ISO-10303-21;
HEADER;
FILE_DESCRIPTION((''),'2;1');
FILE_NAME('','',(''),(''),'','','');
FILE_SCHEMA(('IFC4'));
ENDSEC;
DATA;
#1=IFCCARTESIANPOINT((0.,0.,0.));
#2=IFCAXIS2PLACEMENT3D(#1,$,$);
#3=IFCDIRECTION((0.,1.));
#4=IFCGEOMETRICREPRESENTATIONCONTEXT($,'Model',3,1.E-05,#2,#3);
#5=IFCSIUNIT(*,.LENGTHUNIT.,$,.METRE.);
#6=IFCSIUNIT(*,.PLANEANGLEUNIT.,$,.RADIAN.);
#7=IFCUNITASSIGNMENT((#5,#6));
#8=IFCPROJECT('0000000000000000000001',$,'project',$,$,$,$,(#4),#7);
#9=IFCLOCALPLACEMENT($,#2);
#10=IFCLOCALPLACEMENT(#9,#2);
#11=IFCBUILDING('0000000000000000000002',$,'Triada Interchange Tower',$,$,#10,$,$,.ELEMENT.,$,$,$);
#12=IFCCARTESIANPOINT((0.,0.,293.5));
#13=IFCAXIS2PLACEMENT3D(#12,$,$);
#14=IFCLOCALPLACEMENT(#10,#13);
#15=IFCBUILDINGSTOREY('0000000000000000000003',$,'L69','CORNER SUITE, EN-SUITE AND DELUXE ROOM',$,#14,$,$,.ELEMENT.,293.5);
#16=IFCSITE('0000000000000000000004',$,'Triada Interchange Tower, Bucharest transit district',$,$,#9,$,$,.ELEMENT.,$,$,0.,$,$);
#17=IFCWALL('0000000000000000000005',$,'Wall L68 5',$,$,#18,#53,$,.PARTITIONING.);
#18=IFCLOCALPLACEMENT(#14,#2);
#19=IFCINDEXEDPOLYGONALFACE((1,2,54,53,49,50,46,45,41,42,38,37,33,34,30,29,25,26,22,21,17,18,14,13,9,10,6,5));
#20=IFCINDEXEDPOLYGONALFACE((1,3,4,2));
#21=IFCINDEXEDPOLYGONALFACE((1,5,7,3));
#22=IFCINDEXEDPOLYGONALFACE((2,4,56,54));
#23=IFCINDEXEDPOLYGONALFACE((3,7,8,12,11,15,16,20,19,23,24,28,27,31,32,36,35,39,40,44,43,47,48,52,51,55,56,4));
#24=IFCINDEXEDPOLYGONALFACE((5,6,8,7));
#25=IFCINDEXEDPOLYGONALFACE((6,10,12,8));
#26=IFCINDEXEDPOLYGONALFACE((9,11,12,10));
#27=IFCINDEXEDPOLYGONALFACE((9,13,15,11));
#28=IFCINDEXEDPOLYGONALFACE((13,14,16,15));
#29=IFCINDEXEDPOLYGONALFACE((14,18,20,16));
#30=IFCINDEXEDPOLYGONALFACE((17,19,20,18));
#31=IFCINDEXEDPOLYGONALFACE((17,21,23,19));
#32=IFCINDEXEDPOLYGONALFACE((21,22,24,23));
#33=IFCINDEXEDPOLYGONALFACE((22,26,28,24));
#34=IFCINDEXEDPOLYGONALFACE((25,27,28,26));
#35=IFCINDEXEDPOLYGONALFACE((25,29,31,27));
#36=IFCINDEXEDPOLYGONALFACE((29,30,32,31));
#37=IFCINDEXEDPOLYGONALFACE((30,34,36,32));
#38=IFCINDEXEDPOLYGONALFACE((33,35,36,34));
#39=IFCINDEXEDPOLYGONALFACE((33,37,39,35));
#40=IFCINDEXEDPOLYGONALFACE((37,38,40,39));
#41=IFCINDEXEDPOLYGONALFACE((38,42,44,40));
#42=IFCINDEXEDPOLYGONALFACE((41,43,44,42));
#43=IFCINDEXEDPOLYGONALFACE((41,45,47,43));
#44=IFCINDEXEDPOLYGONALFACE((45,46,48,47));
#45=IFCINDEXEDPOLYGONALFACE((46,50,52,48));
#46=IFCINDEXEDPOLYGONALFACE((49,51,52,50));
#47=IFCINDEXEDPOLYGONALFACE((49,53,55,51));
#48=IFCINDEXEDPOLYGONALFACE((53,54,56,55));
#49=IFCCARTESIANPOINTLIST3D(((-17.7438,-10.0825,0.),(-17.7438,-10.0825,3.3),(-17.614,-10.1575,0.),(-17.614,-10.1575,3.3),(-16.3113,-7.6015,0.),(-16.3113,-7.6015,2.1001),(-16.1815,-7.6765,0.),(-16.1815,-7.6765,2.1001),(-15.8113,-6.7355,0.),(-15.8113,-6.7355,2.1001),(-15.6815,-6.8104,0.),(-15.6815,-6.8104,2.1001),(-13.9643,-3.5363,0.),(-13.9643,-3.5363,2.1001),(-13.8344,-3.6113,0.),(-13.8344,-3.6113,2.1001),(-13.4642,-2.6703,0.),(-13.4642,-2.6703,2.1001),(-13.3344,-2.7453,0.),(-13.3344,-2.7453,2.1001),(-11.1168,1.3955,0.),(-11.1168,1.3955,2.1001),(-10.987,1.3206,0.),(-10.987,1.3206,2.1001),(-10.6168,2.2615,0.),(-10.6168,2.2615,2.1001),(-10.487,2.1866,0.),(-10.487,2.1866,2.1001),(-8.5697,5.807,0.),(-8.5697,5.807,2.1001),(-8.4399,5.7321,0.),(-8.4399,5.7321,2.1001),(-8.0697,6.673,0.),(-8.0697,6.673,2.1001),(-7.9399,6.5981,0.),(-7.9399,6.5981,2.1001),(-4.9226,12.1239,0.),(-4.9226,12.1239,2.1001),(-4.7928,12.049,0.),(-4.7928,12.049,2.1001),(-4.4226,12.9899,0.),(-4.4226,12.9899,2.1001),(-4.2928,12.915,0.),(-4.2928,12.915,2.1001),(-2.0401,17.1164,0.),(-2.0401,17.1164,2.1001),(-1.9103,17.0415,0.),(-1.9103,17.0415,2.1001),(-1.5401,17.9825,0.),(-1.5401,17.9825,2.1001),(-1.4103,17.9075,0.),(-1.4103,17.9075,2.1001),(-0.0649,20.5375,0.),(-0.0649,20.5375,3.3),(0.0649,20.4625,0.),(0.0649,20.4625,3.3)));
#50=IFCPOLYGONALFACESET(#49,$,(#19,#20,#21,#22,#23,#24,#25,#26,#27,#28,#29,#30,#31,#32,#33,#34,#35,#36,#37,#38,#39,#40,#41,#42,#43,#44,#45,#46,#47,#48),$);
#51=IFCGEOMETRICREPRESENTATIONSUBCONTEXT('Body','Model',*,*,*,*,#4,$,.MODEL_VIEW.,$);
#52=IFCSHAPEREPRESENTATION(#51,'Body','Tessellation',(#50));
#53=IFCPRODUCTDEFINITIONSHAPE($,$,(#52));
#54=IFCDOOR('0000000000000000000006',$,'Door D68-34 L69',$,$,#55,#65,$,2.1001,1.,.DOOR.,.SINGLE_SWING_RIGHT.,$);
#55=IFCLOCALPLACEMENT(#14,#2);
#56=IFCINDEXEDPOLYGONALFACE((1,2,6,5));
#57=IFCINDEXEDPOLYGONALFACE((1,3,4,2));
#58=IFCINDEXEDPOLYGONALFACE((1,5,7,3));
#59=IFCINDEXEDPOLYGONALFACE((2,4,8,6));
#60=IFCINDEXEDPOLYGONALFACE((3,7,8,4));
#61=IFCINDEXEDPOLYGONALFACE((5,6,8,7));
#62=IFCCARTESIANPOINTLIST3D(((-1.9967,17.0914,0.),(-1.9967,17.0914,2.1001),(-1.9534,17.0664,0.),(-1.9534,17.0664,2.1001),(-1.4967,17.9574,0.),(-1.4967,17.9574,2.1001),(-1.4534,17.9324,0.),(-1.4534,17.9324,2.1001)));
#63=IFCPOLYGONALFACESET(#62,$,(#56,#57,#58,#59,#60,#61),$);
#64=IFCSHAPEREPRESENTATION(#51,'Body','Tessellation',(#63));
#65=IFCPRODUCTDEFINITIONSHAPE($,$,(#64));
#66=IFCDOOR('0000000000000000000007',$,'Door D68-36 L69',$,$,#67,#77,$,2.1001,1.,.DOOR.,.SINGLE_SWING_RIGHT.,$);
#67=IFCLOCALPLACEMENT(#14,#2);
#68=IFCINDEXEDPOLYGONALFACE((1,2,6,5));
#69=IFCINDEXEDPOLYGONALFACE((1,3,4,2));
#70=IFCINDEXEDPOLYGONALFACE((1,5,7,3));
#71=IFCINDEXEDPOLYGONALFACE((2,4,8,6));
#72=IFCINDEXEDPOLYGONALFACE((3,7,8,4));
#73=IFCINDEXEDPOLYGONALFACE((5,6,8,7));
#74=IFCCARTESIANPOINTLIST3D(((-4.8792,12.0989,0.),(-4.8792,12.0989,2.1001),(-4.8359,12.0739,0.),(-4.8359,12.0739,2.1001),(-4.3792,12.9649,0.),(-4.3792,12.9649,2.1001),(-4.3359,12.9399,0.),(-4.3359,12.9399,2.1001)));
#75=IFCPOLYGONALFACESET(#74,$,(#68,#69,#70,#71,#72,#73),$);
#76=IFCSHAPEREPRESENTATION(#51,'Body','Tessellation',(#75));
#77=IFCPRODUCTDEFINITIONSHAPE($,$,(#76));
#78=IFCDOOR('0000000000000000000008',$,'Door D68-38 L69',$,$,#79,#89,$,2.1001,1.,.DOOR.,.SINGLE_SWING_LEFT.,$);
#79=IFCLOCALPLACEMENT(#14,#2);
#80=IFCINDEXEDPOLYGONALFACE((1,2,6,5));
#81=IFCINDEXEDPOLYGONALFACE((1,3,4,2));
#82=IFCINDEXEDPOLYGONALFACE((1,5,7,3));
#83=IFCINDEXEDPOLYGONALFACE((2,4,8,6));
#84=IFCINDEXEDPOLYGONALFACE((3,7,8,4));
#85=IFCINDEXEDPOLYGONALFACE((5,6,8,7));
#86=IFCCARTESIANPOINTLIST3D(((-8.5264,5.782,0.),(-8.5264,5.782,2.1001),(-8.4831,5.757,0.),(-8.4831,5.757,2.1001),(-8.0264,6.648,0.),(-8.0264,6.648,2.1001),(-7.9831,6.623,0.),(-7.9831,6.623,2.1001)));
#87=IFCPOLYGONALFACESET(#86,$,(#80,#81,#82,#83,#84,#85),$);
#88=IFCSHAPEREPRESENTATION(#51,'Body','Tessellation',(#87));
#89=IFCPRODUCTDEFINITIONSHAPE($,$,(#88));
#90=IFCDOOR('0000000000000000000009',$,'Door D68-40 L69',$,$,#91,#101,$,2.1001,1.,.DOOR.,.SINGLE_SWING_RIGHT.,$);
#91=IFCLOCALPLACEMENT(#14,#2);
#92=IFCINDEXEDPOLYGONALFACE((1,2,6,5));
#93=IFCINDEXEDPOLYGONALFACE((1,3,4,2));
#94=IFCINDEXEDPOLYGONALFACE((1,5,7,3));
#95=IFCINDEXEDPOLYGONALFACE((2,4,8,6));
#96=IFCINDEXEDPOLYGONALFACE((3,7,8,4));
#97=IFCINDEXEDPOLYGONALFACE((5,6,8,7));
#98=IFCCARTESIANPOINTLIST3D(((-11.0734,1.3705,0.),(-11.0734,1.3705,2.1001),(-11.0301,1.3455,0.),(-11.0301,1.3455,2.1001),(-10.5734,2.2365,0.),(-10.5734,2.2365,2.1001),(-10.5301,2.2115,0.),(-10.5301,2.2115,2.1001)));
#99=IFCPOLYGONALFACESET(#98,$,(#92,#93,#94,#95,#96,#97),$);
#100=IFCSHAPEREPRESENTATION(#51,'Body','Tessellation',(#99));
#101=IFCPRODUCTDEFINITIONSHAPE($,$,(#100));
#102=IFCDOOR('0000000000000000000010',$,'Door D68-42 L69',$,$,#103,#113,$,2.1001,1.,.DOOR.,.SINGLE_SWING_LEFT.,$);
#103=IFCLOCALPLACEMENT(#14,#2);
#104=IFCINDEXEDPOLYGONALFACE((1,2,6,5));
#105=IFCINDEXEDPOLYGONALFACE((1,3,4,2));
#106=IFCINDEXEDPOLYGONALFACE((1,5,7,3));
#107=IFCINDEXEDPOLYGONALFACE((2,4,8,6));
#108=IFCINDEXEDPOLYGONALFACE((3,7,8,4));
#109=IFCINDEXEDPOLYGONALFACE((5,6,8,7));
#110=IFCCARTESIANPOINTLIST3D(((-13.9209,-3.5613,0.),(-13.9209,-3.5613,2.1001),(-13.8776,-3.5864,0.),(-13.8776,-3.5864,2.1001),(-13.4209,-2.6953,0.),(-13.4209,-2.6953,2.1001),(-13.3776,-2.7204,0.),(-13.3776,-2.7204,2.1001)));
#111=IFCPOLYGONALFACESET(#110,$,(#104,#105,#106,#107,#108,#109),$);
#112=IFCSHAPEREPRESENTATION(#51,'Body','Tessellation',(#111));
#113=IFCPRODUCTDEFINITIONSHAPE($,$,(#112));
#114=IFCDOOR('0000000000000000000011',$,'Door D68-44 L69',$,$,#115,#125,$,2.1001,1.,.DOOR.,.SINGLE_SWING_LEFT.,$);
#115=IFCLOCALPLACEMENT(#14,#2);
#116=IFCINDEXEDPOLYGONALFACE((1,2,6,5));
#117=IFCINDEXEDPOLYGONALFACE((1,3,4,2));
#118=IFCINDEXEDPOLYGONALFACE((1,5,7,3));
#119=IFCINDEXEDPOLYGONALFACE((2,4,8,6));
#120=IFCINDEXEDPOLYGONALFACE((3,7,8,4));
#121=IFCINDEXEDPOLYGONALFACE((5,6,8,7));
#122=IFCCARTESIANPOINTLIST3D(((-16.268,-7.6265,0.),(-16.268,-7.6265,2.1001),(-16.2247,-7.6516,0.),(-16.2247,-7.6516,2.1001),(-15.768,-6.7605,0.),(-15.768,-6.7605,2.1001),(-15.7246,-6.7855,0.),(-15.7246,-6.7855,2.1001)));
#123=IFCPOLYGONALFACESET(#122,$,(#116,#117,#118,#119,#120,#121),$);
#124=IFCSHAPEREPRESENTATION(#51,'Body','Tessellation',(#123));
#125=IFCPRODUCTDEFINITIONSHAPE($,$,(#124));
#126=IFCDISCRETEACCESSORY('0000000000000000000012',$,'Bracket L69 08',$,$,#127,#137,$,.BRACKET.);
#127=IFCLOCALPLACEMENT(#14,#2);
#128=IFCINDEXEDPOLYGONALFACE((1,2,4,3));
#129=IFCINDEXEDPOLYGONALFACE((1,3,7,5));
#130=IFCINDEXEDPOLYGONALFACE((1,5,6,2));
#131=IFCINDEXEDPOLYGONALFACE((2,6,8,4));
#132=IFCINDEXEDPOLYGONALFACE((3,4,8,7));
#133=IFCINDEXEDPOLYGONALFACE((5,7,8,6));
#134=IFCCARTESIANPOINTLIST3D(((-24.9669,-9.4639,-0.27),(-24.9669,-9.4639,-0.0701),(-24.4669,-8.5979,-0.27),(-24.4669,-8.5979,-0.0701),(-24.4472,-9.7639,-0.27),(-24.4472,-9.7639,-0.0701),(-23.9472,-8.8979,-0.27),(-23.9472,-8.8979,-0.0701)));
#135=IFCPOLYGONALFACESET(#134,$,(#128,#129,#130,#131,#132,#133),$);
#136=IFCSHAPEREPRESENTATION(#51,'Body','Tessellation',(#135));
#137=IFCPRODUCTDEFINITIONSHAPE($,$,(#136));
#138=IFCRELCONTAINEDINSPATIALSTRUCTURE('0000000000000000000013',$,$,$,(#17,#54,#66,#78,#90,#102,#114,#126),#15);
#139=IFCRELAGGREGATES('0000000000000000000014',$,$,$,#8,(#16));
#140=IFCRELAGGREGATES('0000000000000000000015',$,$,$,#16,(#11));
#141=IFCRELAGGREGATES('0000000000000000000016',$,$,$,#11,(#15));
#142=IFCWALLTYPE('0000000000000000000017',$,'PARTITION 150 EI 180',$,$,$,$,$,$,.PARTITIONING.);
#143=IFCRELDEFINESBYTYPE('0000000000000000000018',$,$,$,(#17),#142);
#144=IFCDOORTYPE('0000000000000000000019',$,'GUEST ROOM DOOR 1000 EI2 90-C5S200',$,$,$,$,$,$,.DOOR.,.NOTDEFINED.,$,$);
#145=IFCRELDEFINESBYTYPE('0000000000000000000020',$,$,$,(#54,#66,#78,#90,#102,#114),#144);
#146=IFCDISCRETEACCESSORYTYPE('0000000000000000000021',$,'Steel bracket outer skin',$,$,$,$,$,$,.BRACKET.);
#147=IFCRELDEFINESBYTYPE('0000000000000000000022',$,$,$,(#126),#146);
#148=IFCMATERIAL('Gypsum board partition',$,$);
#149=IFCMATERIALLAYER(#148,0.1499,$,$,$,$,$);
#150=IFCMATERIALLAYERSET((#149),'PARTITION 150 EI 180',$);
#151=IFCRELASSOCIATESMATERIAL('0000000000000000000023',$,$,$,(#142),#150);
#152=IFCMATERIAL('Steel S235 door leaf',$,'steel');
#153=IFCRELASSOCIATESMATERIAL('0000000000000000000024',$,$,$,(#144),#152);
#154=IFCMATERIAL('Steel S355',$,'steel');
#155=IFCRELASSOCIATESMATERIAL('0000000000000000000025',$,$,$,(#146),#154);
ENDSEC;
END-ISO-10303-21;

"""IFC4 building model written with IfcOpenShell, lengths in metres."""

from ifc_helpers import new_model, si_unit, direction, frame, frame_2d, origin, origin_2d, place, context, subcontext, project, spatial, rectangle, extrude, material, layer, layer_set, type_object, element, fill, save


model = new_model("IFC4")

# Units and contexts
model_context = context("Model", 3, precision=1e-05, world=origin(), true_north=direction((0.0, 1.0)))
body_context = subcontext(model_context, "Body", "Model", "MODEL_VIEW")
ifc_project = project(units=[si_unit("LENGTHUNIT", "METRE"), si_unit("PLANEANGLEUNIT", "RADIAN")], contexts=[model_context])

# Site, building, storey
site_placement = place(None, origin())
site = spatial("IfcSite", under=ifc_project, at=site_placement, Name="Triada Interchange Tower, Bucharest transit district", CompositionType="ELEMENT", RefElevation=0.0)
building_placement = place(site_placement, origin())
building = spatial("IfcBuilding", under=site, at=building_placement, Name="Triada Interchange Tower", CompositionType="ELEMENT")
storey_placement = place(building_placement, frame((0.0, 0.0, 293.5)))
storey = spatial("IfcBuildingStorey", under=building, at=storey_placement, Name="L69", Description="CORNER SUITE, EN-SUITE AND DELUXE ROOM", CompositionType="ELEMENT", Elevation=293.5)

# Wall, openings, doors
ifc_material_1 = material(Name="Gypsum board partition")
ifc_layer = layer(ifc_material_1, 0.1499)
ifc_layer_set = layer_set([ifc_layer], Name="PARTITION 150 EI 180")
wall_type = type_object("IfcWallType", Name="PARTITION 150 EI 180", PredefinedType="PARTITIONING", material=ifc_layer_set)
ifc_material_2 = material(Name="Steel S235 door leaf", Category="steel")
door_type_1 = type_object("IfcDoorType", Name="GUEST ROOM DOOR 1000 EI2 90-C5S200", OperationType="NOTDEFINED", PredefinedType="DOOR", material=ifc_material_2)
wall_1_placement = place(storey_placement, frame((-17.679, -10.1201, 0.0), z_axis=(0.0, 0.0, 1.0), x_axis=(0.500009, 0.86602, 0.0)))
wall_1 = element("IfcWall", 1, at=wall_1_placement, inside=storey, type_object=wall_type, Name="Wall L68 5", PredefinedType="PARTITIONING", context=body_context, shape_type="SweptSolid", body=[
    extrude(rectangle(XDim=35.3572, YDim=0.1499, at=frame_2d((17.6787, 0.0))), origin(), (0.0, 0.0, 1.0), 3.3),
])
opening_1_placement = place(wall_1_placement, frame((31.407, 0.0, 0.0)))
opening_1 = element("IfcOpeningElement", 2, at=opening_1_placement, cuts=wall_1, PredefinedType="OPENING", context=body_context, shape_type="SweptSolid", body=[
    extrude(rectangle(XDim=1.0, YDim=2.1001, at=frame_2d((0.5, 1.05))), frame((0.0, 0.085, 0.0), z_axis=(0.0, -1.0, 0.0), x_axis=(1.0, 0.0, 0.0)), (0.0, 0.0, 1.0), 0.1699),
])
opening_2_placement = place(wall_1_placement, frame((25.6421, 0.0, 0.0)))
opening_2 = element("IfcOpeningElement", 3, at=opening_2_placement, cuts=wall_1, PredefinedType="OPENING", context=body_context, shape_type="SweptSolid", body=[
    extrude(rectangle(XDim=1.0, YDim=2.1001, at=frame_2d((0.5, 1.05))), frame((0.0, 0.085, 0.0), z_axis=(0.0, -1.0, 0.0), x_axis=(1.0, 0.0, 0.0)), (0.0, 0.0, 1.0), 0.1699),
])
opening_3_placement = place(wall_1_placement, frame((18.3479, 0.0, 0.0)))
opening_3 = element("IfcOpeningElement", 4, at=opening_3_placement, cuts=wall_1, PredefinedType="OPENING", context=body_context, shape_type="SweptSolid", body=[
    extrude(rectangle(XDim=1.0, YDim=2.1001, at=frame_2d((0.5, 1.05))), frame((0.0, 0.085, 0.0), z_axis=(0.0, -1.0, 0.0), x_axis=(1.0, 0.0, 0.0)), (0.0, 0.0, 1.0), 0.1699),
])
opening_4_placement = place(wall_1_placement, frame((13.2539, 0.0, 0.0)))
opening_4 = element("IfcOpeningElement", 5, at=opening_4_placement, cuts=wall_1, PredefinedType="OPENING", context=body_context, shape_type="SweptSolid", body=[
    extrude(rectangle(XDim=1.0, YDim=2.1001, at=frame_2d((0.5, 1.05))), frame((0.0, 0.085, 0.0), z_axis=(0.0, -1.0, 0.0), x_axis=(1.0, 0.0, 0.0)), (0.0, 0.0, 1.0), 0.1699),
])
opening_5_placement = place(wall_1_placement, frame((7.5591, 0.0, 0.0)))
opening_5 = element("IfcOpeningElement", 6, at=opening_5_placement, cuts=wall_1, PredefinedType="OPENING", context=body_context, shape_type="SweptSolid", body=[
    extrude(rectangle(XDim=1.0, YDim=2.1001, at=frame_2d((0.5, 1.05))), frame((0.0, 0.085, 0.0), z_axis=(0.0, -1.0, 0.0), x_axis=(1.0, 0.0, 0.0)), (0.0, 0.0, 1.0), 0.1699),
])
opening_6_placement = place(wall_1_placement, frame((2.865, 0.0, 0.0)))
opening_6 = element("IfcOpeningElement", 7, at=opening_6_placement, cuts=wall_1, PredefinedType="OPENING", context=body_context, shape_type="SweptSolid", body=[
    extrude(rectangle(XDim=1.0, YDim=2.1001, at=frame_2d((0.5, 1.05))), frame((0.0, 0.085, 0.0), z_axis=(0.0, -1.0, 0.0), x_axis=(1.0, 0.0, 0.0)), (0.0, 0.0, 1.0), 0.1699),
])
door_1_placement = place(opening_1_placement, origin())
door_1 = element("IfcDoor", 8, at=door_1_placement, inside=storey, type_object=door_type_1, Name="Door D68-34 L69", OperationType="SINGLE_SWING_RIGHT", OverallHeight=2.1001, OverallWidth=1.0, PredefinedType="DOOR", context=body_context, shape_type="SweptSolid", body=[
    extrude(rectangle(XDim=1.0, YDim=2.1001, at=frame_2d((0.5, 1.05))), frame((0.0, 0.0249, 0.0), z_axis=(0.0, -1.0, 0.0), x_axis=(1.0, 0.0, 0.0)), (0.0, 0.0, 1.0), 0.05),
])
fill(opening_1, door_1)
door_2_placement = place(opening_2_placement, origin())
door_2 = element("IfcDoor", 9, at=door_2_placement, inside=storey, type_object=door_type_1, Name="Door D68-36 L69", OperationType="SINGLE_SWING_RIGHT", OverallHeight=2.1001, OverallWidth=1.0, PredefinedType="DOOR", context=body_context, shape_type="SweptSolid", body=[
    extrude(rectangle(XDim=1.0, YDim=2.1001, at=frame_2d((0.5, 1.05))), frame((0.0, 0.0249, 0.0), z_axis=(0.0, -1.0, 0.0), x_axis=(1.0, 0.0, 0.0)), (0.0, 0.0, 1.0), 0.05),
])
fill(opening_2, door_2)
door_3_placement = place(opening_3_placement, origin())
door_3 = element("IfcDoor", 10, at=door_3_placement, inside=storey, type_object=door_type_1, Name="Door D68-38 L69", OperationType="SINGLE_SWING_LEFT", OverallHeight=2.1001, OverallWidth=1.0, PredefinedType="DOOR", context=body_context, shape_type="SweptSolid", body=[
    extrude(rectangle(XDim=1.0, YDim=2.1001, at=frame_2d((0.5, 1.05))), frame((0.0, 0.0249, 0.0), z_axis=(0.0, -1.0, 0.0), x_axis=(1.0, 0.0, 0.0)), (0.0, 0.0, 1.0), 0.05),
])
fill(opening_3, door_3)
door_4_placement = place(opening_4_placement, origin())
door_4 = element("IfcDoor", 11, at=door_4_placement, inside=storey, type_object=door_type_1, Name="Door D68-40 L69", OperationType="SINGLE_SWING_RIGHT", OverallHeight=2.1001, OverallWidth=1.0, PredefinedType="DOOR", context=body_context, shape_type="SweptSolid", body=[
    extrude(rectangle(XDim=1.0, YDim=2.1001, at=frame_2d((0.5, 1.05))), frame((0.0, 0.0249, 0.0), z_axis=(0.0, -1.0, 0.0), x_axis=(1.0, 0.0, 0.0)), (0.0, 0.0, 1.0), 0.05),
])
fill(opening_4, door_4)
door_5_placement = place(opening_5_placement, origin())
door_5 = element("IfcDoor", 12, at=door_5_placement, inside=storey, type_object=door_type_1, Name="Door D68-42 L69", OperationType="SINGLE_SWING_LEFT", OverallHeight=2.1001, OverallWidth=1.0, PredefinedType="DOOR", context=body_context, shape_type="SweptSolid", body=[
    extrude(rectangle(XDim=1.0, YDim=2.1001, at=frame_2d((0.5, 1.05))), frame((0.0, 0.0249, 0.0), z_axis=(0.0, -1.0, 0.0), x_axis=(1.0, 0.0, 0.0)), (0.0, 0.0, 1.0), 0.05),
])
fill(opening_5, door_5)
door_6_placement = place(opening_6_placement, origin())
door_6 = element("IfcDoor", 13, at=door_6_placement, inside=storey, type_object=door_type_1, Name="Door D68-44 L69", OperationType="SINGLE_SWING_LEFT", OverallHeight=2.1001, OverallWidth=1.0, PredefinedType="DOOR", context=body_context, shape_type="SweptSolid", body=[
    extrude(rectangle(XDim=1.0, YDim=2.1001, at=frame_2d((0.5, 1.05))), frame((0.0, 0.0249, 0.0), z_axis=(0.0, -1.0, 0.0), x_axis=(1.0, 0.0, 0.0)), (0.0, 0.0, 1.0), 0.05),
])
fill(opening_6, door_6)

# Discrete accessory
ifc_material_3 = material(Name="Steel S355", Category="steel")
discrete_accessory_type = type_object("IfcDiscreteAccessoryType", Name="Steel bracket outer skin", PredefinedType="BRACKET", material=ifc_material_3)
discrete_accessory_placement = place(storey_placement, frame((-24.457, -9.1809, -0.27), z_axis=(0.0, 0.0, 1.0), x_axis=(-0.866023, 0.500004, 0.0)))
element("IfcDiscreteAccessory", 14, at=discrete_accessory_placement, inside=storey, type_object=discrete_accessory_type, Name="Bracket L69 08", PredefinedType="BRACKET", context=body_context, shape_type="SweptSolid", body=[
    extrude(rectangle(XDim=0.6001, YDim=1.0, at=origin_2d()), origin(), (0.0, 0.0, 1.0), 0.2),
])

save(model, "model.ifc")
